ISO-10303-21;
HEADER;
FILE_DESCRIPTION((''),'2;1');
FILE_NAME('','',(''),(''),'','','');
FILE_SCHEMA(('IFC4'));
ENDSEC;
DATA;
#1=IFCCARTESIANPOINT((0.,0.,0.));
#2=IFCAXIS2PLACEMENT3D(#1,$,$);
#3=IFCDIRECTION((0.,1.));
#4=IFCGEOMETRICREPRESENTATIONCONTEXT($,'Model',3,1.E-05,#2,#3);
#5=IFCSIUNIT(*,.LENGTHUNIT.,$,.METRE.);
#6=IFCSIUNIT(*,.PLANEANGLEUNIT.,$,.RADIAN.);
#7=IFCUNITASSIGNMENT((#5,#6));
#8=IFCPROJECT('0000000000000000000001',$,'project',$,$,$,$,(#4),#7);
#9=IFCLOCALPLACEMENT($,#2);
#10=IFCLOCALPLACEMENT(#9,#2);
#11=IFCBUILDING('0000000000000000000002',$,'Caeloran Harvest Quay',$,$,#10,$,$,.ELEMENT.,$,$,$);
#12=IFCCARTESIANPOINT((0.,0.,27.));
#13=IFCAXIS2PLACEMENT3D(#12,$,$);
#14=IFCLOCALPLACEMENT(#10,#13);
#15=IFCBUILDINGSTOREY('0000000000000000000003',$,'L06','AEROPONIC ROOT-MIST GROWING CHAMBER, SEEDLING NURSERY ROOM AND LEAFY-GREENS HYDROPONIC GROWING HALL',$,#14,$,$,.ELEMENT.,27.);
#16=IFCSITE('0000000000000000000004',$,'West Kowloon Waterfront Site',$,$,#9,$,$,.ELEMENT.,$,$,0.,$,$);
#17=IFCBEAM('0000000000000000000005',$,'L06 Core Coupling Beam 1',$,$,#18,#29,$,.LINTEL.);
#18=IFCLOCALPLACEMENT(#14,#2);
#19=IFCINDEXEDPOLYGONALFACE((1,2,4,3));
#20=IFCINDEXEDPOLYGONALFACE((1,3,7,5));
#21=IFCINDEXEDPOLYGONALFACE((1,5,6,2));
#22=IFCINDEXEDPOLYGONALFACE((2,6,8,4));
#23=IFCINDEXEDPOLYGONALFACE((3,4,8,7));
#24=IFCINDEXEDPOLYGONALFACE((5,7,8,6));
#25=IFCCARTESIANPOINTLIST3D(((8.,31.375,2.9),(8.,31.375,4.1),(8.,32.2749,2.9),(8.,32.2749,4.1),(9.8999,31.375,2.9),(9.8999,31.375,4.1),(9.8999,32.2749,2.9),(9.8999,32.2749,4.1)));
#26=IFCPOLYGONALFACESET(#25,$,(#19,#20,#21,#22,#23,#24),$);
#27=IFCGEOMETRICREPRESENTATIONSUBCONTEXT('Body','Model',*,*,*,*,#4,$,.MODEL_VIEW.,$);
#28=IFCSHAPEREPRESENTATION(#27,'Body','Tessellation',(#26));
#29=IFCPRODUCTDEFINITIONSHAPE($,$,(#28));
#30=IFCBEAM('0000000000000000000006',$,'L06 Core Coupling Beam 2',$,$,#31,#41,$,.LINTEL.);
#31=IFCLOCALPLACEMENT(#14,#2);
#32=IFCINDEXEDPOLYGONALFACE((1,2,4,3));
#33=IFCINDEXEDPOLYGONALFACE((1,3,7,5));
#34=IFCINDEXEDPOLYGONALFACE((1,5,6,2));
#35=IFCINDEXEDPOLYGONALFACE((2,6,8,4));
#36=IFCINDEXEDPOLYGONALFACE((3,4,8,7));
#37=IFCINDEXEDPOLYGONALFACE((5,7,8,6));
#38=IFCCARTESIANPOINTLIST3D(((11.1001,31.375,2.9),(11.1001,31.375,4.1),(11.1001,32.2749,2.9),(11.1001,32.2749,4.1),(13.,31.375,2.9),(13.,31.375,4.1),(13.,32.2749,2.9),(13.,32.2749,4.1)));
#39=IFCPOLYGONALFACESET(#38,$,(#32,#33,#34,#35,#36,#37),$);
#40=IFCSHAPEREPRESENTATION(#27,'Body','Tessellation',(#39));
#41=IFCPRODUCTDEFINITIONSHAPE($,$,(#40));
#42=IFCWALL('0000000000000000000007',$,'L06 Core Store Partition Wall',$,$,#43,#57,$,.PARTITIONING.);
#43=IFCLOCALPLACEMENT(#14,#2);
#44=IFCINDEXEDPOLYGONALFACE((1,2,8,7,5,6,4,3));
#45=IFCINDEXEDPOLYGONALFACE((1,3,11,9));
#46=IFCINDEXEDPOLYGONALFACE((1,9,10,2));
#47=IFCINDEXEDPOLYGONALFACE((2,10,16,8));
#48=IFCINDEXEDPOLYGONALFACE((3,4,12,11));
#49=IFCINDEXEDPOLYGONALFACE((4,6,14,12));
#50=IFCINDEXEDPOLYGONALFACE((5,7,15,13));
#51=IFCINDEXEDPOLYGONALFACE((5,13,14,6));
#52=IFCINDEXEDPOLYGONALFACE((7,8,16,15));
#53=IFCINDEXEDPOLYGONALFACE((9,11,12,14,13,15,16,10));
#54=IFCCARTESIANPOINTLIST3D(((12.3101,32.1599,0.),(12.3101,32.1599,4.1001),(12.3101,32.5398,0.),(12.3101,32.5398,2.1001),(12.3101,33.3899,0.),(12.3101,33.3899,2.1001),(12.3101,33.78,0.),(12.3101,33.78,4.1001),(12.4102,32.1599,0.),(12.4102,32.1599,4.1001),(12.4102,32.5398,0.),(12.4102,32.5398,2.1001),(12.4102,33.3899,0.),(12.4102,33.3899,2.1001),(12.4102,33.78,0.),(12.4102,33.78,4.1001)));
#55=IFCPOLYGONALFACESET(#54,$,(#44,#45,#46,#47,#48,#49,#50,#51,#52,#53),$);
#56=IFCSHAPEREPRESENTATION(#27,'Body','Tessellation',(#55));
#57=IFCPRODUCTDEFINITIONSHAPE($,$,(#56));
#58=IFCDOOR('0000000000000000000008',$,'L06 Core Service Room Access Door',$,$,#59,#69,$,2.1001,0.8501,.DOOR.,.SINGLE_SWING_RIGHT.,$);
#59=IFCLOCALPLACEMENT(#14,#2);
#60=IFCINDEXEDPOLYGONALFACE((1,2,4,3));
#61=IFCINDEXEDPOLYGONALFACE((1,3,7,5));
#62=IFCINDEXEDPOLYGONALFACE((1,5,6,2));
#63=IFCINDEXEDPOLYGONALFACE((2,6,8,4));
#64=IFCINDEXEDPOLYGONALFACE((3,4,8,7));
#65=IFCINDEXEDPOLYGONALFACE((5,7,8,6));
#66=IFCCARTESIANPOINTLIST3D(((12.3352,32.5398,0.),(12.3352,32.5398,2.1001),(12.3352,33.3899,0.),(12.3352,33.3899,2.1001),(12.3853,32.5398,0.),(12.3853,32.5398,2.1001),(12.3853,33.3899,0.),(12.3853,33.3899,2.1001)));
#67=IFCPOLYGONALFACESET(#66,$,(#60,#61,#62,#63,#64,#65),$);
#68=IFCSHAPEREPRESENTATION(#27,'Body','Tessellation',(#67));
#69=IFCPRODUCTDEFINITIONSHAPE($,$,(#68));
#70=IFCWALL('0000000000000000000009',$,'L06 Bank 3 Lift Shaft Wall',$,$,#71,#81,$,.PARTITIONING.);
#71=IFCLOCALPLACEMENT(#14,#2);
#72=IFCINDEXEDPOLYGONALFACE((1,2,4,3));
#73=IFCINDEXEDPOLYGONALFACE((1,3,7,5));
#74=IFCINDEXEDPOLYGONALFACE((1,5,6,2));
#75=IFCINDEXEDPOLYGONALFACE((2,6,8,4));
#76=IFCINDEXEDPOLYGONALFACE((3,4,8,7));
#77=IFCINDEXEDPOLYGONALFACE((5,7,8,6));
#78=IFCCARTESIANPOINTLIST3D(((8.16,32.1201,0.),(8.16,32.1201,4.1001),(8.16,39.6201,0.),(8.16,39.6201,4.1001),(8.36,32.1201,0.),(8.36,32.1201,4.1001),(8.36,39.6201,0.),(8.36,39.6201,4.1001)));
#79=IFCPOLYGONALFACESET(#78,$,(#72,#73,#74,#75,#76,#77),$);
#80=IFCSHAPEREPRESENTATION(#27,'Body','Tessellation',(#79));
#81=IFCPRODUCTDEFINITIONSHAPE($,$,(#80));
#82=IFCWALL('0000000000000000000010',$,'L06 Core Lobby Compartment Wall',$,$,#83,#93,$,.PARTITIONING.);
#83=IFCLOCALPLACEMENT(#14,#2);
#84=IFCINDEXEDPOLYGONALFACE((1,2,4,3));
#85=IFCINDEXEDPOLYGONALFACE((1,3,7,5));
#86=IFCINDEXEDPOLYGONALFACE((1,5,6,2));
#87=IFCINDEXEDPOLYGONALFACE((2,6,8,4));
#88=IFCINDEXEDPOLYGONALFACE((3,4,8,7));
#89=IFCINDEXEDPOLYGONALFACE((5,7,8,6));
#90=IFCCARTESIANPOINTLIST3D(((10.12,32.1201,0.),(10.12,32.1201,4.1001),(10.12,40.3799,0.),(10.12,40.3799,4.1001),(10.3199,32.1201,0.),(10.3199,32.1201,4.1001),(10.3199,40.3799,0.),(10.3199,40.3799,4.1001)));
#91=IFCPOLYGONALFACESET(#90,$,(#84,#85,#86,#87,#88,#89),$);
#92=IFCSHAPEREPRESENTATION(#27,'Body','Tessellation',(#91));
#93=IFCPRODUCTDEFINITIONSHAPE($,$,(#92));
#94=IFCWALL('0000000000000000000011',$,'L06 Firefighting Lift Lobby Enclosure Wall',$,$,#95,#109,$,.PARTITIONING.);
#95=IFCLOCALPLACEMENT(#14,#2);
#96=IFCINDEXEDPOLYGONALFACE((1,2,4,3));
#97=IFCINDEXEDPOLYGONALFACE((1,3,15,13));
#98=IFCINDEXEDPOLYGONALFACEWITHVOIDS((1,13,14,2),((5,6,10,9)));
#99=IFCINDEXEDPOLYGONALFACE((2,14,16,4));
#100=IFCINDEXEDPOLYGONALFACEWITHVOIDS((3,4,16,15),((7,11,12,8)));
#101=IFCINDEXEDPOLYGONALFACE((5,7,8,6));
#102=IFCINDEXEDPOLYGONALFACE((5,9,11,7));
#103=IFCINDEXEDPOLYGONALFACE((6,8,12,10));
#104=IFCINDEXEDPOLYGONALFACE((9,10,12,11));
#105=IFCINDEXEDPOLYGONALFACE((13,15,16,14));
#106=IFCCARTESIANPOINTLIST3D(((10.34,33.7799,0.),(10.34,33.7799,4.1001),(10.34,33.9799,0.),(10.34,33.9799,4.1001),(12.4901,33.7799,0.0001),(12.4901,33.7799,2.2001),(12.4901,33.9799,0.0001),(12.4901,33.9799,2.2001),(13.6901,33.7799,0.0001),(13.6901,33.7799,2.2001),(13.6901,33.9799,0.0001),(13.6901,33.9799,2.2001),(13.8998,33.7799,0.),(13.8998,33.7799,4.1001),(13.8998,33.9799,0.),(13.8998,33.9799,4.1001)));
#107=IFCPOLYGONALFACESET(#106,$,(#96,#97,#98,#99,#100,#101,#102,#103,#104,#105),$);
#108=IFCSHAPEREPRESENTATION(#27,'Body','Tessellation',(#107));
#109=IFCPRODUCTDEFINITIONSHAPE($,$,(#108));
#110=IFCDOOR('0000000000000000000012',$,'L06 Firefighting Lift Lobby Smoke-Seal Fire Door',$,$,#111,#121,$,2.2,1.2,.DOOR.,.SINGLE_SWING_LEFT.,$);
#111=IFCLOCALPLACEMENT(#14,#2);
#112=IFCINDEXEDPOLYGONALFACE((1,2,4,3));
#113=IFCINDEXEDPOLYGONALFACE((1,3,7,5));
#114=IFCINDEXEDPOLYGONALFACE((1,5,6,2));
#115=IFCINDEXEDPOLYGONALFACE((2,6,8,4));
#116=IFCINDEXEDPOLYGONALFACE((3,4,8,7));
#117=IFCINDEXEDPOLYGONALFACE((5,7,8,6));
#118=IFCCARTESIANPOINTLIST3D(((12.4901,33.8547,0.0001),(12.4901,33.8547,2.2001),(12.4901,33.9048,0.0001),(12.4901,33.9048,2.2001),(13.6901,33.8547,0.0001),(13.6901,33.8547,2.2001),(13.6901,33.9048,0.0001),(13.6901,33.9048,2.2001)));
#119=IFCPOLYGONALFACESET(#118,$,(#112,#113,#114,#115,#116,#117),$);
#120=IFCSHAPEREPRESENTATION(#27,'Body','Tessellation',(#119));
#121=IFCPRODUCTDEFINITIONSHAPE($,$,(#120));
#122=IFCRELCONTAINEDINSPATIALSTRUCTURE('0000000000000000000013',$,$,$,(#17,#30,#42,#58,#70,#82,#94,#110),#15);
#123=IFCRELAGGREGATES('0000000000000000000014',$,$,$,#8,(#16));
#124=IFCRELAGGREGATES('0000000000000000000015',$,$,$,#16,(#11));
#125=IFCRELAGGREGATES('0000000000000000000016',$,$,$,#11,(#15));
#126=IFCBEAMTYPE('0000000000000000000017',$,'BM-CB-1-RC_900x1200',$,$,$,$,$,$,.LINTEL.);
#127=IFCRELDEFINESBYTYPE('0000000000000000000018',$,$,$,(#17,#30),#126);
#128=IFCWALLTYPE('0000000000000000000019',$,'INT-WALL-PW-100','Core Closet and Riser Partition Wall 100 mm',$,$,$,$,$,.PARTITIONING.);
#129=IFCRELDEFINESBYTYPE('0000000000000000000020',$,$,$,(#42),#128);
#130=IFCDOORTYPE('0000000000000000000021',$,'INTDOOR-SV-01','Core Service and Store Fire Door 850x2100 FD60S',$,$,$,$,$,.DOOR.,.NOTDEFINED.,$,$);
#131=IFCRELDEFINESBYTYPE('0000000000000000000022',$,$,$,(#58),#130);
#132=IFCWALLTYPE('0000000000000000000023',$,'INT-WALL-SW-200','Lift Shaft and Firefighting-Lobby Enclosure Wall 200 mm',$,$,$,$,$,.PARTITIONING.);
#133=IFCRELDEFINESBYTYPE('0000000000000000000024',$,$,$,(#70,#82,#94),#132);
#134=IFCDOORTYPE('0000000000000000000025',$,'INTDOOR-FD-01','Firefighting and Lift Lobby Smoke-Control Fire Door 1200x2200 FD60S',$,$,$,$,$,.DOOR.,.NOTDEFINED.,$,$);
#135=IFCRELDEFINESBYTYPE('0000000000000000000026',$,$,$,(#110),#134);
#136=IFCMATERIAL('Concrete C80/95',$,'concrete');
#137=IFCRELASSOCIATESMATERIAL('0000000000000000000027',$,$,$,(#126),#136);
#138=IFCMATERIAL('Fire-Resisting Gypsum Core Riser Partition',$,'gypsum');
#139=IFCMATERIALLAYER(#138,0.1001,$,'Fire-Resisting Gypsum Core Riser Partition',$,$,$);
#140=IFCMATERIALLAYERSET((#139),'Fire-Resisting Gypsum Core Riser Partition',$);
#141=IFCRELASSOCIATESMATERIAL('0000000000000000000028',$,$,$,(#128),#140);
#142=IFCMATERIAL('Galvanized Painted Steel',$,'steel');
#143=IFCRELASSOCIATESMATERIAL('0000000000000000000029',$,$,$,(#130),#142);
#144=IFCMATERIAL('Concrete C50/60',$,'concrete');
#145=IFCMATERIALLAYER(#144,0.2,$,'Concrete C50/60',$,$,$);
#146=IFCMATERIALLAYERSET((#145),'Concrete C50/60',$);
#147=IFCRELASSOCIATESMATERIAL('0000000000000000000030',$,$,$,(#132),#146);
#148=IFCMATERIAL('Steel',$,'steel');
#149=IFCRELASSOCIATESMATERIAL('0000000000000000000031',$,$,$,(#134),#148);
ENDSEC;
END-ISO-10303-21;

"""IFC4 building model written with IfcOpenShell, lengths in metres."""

from ifc_helpers import new_model, si_unit, direction, frame, frame_2d, origin, origin_2d, place, context, subcontext, project, spatial, rectangle, extrude, material, layer, layer_set, material_profile, profile_set, type_object, element, fill, save


model = new_model("IFC4")

# Units and contexts
model_context = context("Model", 3, precision=1e-05, world=origin(), true_north=direction((0.0, 1.0)))
body_context = subcontext(model_context, "Body", "Model", "MODEL_VIEW")
ifc_project = project(units=[si_unit("LENGTHUNIT", "METRE"), si_unit("PLANEANGLEUNIT", "RADIAN")], contexts=[model_context])

# Site, building, storey
site_placement = place(None, origin())
site = spatial("IfcSite", under=ifc_project, at=site_placement, Name="West Kowloon Waterfront Site", CompositionType="ELEMENT", RefElevation=0.0)
building_placement = place(site_placement, origin())
building = spatial("IfcBuilding", under=site, at=building_placement, Name="Caeloran Harvest Quay", CompositionType="ELEMENT")
storey_placement = place(building_placement, frame((0.0, 0.0, 27.0)))
storey = spatial("IfcBuildingStorey", under=building, at=storey_placement, Name="L06", Description="AEROPONIC ROOT-MIST GROWING CHAMBER, SEEDLING NURSERY ROOM AND LEAFY-GREENS HYDROPONIC GROWING HALL", CompositionType="ELEMENT", Elevation=27.0)

# Beams
ifc_material_1 = material(Name="Concrete C80/95", Category="concrete")
ifc_material_profile = material_profile(ifc_material_1, rectangle(XDim=0.8999, YDim=1.2, at=origin_2d()), Name="RC 900x1200")
ifc_profile_set = profile_set([ifc_material_profile], Name="Concrete C80/95")
beam_type = type_object("IfcBeamType", Name="BM-CB-1-RC_900x1200", PredefinedType="LINTEL", material=ifc_profile_set)
for number, where, z_axis, x_axis, name in (
    (1, (8.0, 31.825, 3.5), (1.0, 0.0, 0.0), (0.0, 1.0, 0.0), "L06 Core Coupling Beam 1"),
    (2, (11.1001, 31.825, 3.5), (1.0, 0.0, 0.0), (0.0, 1.0, 0.0), "L06 Core Coupling Beam 2"),
):
    element("IfcBeam", number, at=place(storey_placement, frame(where, z_axis=z_axis, x_axis=x_axis)), inside=storey, type_object=beam_type, Name=name, PredefinedType="LINTEL", context=body_context, shape_type="SweptSolid", body=[
        extrude(rectangle(XDim=0.8999, YDim=1.2, at=origin_2d()), origin(), (0.0, 0.0, 1.0), 1.8999),
    ])

# Wall, opening, door
ifc_material_2 = material(Name="Fire-Resisting Gypsum Core Riser Partition", Category="gypsum")
ifc_layer_1 = layer(ifc_material_2, 0.1001, Name="Fire-Resisting Gypsum Core Riser Partition")
ifc_layer_set_1 = layer_set([ifc_layer_1], Name="Fire-Resisting Gypsum Core Riser Partition")
wall_type_1 = type_object("IfcWallType", Name="INT-WALL-PW-100", Description="Core Closet and Riser Partition Wall 100 mm", PredefinedType="PARTITIONING", material=ifc_layer_set_1)
wall_1_placement = place(storey_placement, frame((12.3601, 32.1599, 0.0), z_axis=(0.0, 0.0, 1.0), x_axis=(0.0, 1.0, 0.0)))
wall_1 = element("IfcWall", 3, at=wall_1_placement, inside=storey, type_object=wall_type_1, Name="L06 Core Store Partition Wall", PredefinedType="PARTITIONING", context=body_context, shape_type="SweptSolid", body=[
    extrude(rectangle(XDim=1.6201, YDim=0.1001, at=frame_2d((0.8101, 0.0))), origin(), (0.0, 0.0, 1.0), 4.1001),
])
opening_1_placement = place(wall_1_placement, frame((0.3799, 0.0, 0.0)))
opening_1 = element("IfcOpeningElement", 4, at=opening_1_placement, cuts=wall_1, PredefinedType="OPENING", context=body_context, shape_type="SweptSolid", body=[
    extrude(rectangle(XDim=0.8501, YDim=2.1001, at=frame_2d((0.425, 1.05))), frame((0.0, 0.0601, 0.0), z_axis=(0.0, -1.0, 0.0), x_axis=(1.0, 0.0, 0.0)), (0.0, 0.0, 1.0), 0.1201),
])
ifc_material_3 = material(Name="Galvanized Painted Steel", Category="steel")
door_type_1 = type_object("IfcDoorType", Name="INTDOOR-SV-01", Description="Core Service and Store Fire Door 850x2100 FD60S", OperationType="NOTDEFINED", PredefinedType="DOOR", material=ifc_material_3)
door_1_placement = place(opening_1_placement, origin())
door_1 = element("IfcDoor", 5, at=door_1_placement, inside=storey, type_object=door_type_1, Name="L06 Core Service Room Access Door", OperationType="SINGLE_SWING_RIGHT", OverallHeight=2.1001, OverallWidth=0.8501, PredefinedType="DOOR", context=body_context, shape_type="SweptSolid", body=[
    extrude(rectangle(XDim=0.8501, YDim=2.1001, at=frame_2d((0.425, 1.05))), frame((0.0, 0.0249, 0.0), z_axis=(0.0, -1.0, 0.0), x_axis=(1.0, 0.0, 0.0)), (0.0, 0.0, 1.0), 0.05),
])
fill(opening_1, door_1)

# Walls
ifc_material_4 = material(Name="Concrete C50/60", Category="concrete")
ifc_layer_2 = layer(ifc_material_4, 0.2, Name="Concrete C50/60")
ifc_layer_set_2 = layer_set([ifc_layer_2], Name="Concrete C50/60")
wall_type_2 = type_object("IfcWallType", Name="INT-WALL-SW-200", Description="Lift Shaft and Firefighting-Lobby Enclosure Wall 200 mm", PredefinedType="PARTITIONING", material=ifc_layer_set_2)
wall_2_placement = place(storey_placement, frame((8.26, 32.1201, 0.0), z_axis=(0.0, 0.0, 1.0), x_axis=(0.0, 1.0, 0.0)))
element("IfcWall", 6, at=wall_2_placement, inside=storey, type_object=wall_type_2, Name="L06 Bank 3 Lift Shaft Wall", PredefinedType="PARTITIONING", context=body_context, shape_type="SweptSolid", body=[
    extrude(rectangle(XDim=7.5, YDim=0.2, at=frame_2d((3.75, 0.0))), origin(), (0.0, 0.0, 1.0), 4.1001),
])
wall_3_placement = place(storey_placement, frame((10.22, 32.1201, 0.0), z_axis=(0.0, 0.0, 1.0), x_axis=(0.0, 1.0, 0.0)))
element("IfcWall", 7, at=wall_3_placement, inside=storey, type_object=wall_type_2, Name="L06 Core Lobby Compartment Wall", PredefinedType="PARTITIONING", context=body_context, shape_type="SweptSolid", body=[
    extrude(rectangle(XDim=8.2598, YDim=0.2, at=frame_2d((4.1299, 0.0))), origin(), (0.0, 0.0, 1.0), 4.1001),
])

# Wall, opening, door
wall_4_placement = place(storey_placement, frame((10.3401, 33.8799, 0.0), z_axis=(0.0, 0.0, 1.0), x_axis=(1.0, 0.0, 0.0)))
wall_4 = element("IfcWall", 8, at=wall_4_placement, inside=storey, type_object=wall_type_2, Name="L06 Firefighting Lift Lobby Enclosure Wall", PredefinedType="PARTITIONING", context=body_context, shape_type="SweptSolid", body=[
    extrude(rectangle(XDim=3.5598, YDim=0.2, at=frame_2d((1.7798, 0.0))), origin(), (0.0, 0.0, 1.0), 4.1001),
])
opening_2_placement = place(wall_4_placement, frame((2.1499, 0.0, 0.0)))
opening_2 = element("IfcOpeningElement", 9, at=opening_2_placement, cuts=wall_4, PredefinedType="OPENING", context=body_context, shape_type="SweptSolid", body=[
    extrude(rectangle(XDim=1.2, YDim=2.2, at=frame_2d((0.6001, 1.1001))), frame((0.0, 0.1099, 0.0), z_axis=(0.0, -1.0, 0.0), x_axis=(1.0, 0.0, 0.0)), (0.0, 0.0, 1.0), 0.22),
])
ifc_material_5 = material(Name="Steel", Category="steel")
door_type_2 = type_object("IfcDoorType", Name="INTDOOR-FD-01", Description="Firefighting and Lift Lobby Smoke-Control Fire Door 1200x2200 FD60S", OperationType="NOTDEFINED", PredefinedType="DOOR", material=ifc_material_5)
door_2_placement = place(opening_2_placement, origin())
door_2 = element("IfcDoor", 10, at=door_2_placement, inside=storey, type_object=door_type_2, Name="L06 Firefighting Lift Lobby Smoke-Seal Fire Door", OperationType="SINGLE_SWING_LEFT", OverallHeight=2.2, OverallWidth=1.2, PredefinedType="DOOR", context=body_context, shape_type="SweptSolid", body=[
    extrude(rectangle(XDim=1.2, YDim=2.2, at=frame_2d((0.6001, 1.1001))), frame((0.0, 0.0249, 0.0), z_axis=(0.0, -1.0, 0.0), x_axis=(1.0, 0.0, 0.0)), (0.0, 0.0, 1.0), 0.05),
])
fill(opening_2, door_2)

save(model, "model.ifc")
